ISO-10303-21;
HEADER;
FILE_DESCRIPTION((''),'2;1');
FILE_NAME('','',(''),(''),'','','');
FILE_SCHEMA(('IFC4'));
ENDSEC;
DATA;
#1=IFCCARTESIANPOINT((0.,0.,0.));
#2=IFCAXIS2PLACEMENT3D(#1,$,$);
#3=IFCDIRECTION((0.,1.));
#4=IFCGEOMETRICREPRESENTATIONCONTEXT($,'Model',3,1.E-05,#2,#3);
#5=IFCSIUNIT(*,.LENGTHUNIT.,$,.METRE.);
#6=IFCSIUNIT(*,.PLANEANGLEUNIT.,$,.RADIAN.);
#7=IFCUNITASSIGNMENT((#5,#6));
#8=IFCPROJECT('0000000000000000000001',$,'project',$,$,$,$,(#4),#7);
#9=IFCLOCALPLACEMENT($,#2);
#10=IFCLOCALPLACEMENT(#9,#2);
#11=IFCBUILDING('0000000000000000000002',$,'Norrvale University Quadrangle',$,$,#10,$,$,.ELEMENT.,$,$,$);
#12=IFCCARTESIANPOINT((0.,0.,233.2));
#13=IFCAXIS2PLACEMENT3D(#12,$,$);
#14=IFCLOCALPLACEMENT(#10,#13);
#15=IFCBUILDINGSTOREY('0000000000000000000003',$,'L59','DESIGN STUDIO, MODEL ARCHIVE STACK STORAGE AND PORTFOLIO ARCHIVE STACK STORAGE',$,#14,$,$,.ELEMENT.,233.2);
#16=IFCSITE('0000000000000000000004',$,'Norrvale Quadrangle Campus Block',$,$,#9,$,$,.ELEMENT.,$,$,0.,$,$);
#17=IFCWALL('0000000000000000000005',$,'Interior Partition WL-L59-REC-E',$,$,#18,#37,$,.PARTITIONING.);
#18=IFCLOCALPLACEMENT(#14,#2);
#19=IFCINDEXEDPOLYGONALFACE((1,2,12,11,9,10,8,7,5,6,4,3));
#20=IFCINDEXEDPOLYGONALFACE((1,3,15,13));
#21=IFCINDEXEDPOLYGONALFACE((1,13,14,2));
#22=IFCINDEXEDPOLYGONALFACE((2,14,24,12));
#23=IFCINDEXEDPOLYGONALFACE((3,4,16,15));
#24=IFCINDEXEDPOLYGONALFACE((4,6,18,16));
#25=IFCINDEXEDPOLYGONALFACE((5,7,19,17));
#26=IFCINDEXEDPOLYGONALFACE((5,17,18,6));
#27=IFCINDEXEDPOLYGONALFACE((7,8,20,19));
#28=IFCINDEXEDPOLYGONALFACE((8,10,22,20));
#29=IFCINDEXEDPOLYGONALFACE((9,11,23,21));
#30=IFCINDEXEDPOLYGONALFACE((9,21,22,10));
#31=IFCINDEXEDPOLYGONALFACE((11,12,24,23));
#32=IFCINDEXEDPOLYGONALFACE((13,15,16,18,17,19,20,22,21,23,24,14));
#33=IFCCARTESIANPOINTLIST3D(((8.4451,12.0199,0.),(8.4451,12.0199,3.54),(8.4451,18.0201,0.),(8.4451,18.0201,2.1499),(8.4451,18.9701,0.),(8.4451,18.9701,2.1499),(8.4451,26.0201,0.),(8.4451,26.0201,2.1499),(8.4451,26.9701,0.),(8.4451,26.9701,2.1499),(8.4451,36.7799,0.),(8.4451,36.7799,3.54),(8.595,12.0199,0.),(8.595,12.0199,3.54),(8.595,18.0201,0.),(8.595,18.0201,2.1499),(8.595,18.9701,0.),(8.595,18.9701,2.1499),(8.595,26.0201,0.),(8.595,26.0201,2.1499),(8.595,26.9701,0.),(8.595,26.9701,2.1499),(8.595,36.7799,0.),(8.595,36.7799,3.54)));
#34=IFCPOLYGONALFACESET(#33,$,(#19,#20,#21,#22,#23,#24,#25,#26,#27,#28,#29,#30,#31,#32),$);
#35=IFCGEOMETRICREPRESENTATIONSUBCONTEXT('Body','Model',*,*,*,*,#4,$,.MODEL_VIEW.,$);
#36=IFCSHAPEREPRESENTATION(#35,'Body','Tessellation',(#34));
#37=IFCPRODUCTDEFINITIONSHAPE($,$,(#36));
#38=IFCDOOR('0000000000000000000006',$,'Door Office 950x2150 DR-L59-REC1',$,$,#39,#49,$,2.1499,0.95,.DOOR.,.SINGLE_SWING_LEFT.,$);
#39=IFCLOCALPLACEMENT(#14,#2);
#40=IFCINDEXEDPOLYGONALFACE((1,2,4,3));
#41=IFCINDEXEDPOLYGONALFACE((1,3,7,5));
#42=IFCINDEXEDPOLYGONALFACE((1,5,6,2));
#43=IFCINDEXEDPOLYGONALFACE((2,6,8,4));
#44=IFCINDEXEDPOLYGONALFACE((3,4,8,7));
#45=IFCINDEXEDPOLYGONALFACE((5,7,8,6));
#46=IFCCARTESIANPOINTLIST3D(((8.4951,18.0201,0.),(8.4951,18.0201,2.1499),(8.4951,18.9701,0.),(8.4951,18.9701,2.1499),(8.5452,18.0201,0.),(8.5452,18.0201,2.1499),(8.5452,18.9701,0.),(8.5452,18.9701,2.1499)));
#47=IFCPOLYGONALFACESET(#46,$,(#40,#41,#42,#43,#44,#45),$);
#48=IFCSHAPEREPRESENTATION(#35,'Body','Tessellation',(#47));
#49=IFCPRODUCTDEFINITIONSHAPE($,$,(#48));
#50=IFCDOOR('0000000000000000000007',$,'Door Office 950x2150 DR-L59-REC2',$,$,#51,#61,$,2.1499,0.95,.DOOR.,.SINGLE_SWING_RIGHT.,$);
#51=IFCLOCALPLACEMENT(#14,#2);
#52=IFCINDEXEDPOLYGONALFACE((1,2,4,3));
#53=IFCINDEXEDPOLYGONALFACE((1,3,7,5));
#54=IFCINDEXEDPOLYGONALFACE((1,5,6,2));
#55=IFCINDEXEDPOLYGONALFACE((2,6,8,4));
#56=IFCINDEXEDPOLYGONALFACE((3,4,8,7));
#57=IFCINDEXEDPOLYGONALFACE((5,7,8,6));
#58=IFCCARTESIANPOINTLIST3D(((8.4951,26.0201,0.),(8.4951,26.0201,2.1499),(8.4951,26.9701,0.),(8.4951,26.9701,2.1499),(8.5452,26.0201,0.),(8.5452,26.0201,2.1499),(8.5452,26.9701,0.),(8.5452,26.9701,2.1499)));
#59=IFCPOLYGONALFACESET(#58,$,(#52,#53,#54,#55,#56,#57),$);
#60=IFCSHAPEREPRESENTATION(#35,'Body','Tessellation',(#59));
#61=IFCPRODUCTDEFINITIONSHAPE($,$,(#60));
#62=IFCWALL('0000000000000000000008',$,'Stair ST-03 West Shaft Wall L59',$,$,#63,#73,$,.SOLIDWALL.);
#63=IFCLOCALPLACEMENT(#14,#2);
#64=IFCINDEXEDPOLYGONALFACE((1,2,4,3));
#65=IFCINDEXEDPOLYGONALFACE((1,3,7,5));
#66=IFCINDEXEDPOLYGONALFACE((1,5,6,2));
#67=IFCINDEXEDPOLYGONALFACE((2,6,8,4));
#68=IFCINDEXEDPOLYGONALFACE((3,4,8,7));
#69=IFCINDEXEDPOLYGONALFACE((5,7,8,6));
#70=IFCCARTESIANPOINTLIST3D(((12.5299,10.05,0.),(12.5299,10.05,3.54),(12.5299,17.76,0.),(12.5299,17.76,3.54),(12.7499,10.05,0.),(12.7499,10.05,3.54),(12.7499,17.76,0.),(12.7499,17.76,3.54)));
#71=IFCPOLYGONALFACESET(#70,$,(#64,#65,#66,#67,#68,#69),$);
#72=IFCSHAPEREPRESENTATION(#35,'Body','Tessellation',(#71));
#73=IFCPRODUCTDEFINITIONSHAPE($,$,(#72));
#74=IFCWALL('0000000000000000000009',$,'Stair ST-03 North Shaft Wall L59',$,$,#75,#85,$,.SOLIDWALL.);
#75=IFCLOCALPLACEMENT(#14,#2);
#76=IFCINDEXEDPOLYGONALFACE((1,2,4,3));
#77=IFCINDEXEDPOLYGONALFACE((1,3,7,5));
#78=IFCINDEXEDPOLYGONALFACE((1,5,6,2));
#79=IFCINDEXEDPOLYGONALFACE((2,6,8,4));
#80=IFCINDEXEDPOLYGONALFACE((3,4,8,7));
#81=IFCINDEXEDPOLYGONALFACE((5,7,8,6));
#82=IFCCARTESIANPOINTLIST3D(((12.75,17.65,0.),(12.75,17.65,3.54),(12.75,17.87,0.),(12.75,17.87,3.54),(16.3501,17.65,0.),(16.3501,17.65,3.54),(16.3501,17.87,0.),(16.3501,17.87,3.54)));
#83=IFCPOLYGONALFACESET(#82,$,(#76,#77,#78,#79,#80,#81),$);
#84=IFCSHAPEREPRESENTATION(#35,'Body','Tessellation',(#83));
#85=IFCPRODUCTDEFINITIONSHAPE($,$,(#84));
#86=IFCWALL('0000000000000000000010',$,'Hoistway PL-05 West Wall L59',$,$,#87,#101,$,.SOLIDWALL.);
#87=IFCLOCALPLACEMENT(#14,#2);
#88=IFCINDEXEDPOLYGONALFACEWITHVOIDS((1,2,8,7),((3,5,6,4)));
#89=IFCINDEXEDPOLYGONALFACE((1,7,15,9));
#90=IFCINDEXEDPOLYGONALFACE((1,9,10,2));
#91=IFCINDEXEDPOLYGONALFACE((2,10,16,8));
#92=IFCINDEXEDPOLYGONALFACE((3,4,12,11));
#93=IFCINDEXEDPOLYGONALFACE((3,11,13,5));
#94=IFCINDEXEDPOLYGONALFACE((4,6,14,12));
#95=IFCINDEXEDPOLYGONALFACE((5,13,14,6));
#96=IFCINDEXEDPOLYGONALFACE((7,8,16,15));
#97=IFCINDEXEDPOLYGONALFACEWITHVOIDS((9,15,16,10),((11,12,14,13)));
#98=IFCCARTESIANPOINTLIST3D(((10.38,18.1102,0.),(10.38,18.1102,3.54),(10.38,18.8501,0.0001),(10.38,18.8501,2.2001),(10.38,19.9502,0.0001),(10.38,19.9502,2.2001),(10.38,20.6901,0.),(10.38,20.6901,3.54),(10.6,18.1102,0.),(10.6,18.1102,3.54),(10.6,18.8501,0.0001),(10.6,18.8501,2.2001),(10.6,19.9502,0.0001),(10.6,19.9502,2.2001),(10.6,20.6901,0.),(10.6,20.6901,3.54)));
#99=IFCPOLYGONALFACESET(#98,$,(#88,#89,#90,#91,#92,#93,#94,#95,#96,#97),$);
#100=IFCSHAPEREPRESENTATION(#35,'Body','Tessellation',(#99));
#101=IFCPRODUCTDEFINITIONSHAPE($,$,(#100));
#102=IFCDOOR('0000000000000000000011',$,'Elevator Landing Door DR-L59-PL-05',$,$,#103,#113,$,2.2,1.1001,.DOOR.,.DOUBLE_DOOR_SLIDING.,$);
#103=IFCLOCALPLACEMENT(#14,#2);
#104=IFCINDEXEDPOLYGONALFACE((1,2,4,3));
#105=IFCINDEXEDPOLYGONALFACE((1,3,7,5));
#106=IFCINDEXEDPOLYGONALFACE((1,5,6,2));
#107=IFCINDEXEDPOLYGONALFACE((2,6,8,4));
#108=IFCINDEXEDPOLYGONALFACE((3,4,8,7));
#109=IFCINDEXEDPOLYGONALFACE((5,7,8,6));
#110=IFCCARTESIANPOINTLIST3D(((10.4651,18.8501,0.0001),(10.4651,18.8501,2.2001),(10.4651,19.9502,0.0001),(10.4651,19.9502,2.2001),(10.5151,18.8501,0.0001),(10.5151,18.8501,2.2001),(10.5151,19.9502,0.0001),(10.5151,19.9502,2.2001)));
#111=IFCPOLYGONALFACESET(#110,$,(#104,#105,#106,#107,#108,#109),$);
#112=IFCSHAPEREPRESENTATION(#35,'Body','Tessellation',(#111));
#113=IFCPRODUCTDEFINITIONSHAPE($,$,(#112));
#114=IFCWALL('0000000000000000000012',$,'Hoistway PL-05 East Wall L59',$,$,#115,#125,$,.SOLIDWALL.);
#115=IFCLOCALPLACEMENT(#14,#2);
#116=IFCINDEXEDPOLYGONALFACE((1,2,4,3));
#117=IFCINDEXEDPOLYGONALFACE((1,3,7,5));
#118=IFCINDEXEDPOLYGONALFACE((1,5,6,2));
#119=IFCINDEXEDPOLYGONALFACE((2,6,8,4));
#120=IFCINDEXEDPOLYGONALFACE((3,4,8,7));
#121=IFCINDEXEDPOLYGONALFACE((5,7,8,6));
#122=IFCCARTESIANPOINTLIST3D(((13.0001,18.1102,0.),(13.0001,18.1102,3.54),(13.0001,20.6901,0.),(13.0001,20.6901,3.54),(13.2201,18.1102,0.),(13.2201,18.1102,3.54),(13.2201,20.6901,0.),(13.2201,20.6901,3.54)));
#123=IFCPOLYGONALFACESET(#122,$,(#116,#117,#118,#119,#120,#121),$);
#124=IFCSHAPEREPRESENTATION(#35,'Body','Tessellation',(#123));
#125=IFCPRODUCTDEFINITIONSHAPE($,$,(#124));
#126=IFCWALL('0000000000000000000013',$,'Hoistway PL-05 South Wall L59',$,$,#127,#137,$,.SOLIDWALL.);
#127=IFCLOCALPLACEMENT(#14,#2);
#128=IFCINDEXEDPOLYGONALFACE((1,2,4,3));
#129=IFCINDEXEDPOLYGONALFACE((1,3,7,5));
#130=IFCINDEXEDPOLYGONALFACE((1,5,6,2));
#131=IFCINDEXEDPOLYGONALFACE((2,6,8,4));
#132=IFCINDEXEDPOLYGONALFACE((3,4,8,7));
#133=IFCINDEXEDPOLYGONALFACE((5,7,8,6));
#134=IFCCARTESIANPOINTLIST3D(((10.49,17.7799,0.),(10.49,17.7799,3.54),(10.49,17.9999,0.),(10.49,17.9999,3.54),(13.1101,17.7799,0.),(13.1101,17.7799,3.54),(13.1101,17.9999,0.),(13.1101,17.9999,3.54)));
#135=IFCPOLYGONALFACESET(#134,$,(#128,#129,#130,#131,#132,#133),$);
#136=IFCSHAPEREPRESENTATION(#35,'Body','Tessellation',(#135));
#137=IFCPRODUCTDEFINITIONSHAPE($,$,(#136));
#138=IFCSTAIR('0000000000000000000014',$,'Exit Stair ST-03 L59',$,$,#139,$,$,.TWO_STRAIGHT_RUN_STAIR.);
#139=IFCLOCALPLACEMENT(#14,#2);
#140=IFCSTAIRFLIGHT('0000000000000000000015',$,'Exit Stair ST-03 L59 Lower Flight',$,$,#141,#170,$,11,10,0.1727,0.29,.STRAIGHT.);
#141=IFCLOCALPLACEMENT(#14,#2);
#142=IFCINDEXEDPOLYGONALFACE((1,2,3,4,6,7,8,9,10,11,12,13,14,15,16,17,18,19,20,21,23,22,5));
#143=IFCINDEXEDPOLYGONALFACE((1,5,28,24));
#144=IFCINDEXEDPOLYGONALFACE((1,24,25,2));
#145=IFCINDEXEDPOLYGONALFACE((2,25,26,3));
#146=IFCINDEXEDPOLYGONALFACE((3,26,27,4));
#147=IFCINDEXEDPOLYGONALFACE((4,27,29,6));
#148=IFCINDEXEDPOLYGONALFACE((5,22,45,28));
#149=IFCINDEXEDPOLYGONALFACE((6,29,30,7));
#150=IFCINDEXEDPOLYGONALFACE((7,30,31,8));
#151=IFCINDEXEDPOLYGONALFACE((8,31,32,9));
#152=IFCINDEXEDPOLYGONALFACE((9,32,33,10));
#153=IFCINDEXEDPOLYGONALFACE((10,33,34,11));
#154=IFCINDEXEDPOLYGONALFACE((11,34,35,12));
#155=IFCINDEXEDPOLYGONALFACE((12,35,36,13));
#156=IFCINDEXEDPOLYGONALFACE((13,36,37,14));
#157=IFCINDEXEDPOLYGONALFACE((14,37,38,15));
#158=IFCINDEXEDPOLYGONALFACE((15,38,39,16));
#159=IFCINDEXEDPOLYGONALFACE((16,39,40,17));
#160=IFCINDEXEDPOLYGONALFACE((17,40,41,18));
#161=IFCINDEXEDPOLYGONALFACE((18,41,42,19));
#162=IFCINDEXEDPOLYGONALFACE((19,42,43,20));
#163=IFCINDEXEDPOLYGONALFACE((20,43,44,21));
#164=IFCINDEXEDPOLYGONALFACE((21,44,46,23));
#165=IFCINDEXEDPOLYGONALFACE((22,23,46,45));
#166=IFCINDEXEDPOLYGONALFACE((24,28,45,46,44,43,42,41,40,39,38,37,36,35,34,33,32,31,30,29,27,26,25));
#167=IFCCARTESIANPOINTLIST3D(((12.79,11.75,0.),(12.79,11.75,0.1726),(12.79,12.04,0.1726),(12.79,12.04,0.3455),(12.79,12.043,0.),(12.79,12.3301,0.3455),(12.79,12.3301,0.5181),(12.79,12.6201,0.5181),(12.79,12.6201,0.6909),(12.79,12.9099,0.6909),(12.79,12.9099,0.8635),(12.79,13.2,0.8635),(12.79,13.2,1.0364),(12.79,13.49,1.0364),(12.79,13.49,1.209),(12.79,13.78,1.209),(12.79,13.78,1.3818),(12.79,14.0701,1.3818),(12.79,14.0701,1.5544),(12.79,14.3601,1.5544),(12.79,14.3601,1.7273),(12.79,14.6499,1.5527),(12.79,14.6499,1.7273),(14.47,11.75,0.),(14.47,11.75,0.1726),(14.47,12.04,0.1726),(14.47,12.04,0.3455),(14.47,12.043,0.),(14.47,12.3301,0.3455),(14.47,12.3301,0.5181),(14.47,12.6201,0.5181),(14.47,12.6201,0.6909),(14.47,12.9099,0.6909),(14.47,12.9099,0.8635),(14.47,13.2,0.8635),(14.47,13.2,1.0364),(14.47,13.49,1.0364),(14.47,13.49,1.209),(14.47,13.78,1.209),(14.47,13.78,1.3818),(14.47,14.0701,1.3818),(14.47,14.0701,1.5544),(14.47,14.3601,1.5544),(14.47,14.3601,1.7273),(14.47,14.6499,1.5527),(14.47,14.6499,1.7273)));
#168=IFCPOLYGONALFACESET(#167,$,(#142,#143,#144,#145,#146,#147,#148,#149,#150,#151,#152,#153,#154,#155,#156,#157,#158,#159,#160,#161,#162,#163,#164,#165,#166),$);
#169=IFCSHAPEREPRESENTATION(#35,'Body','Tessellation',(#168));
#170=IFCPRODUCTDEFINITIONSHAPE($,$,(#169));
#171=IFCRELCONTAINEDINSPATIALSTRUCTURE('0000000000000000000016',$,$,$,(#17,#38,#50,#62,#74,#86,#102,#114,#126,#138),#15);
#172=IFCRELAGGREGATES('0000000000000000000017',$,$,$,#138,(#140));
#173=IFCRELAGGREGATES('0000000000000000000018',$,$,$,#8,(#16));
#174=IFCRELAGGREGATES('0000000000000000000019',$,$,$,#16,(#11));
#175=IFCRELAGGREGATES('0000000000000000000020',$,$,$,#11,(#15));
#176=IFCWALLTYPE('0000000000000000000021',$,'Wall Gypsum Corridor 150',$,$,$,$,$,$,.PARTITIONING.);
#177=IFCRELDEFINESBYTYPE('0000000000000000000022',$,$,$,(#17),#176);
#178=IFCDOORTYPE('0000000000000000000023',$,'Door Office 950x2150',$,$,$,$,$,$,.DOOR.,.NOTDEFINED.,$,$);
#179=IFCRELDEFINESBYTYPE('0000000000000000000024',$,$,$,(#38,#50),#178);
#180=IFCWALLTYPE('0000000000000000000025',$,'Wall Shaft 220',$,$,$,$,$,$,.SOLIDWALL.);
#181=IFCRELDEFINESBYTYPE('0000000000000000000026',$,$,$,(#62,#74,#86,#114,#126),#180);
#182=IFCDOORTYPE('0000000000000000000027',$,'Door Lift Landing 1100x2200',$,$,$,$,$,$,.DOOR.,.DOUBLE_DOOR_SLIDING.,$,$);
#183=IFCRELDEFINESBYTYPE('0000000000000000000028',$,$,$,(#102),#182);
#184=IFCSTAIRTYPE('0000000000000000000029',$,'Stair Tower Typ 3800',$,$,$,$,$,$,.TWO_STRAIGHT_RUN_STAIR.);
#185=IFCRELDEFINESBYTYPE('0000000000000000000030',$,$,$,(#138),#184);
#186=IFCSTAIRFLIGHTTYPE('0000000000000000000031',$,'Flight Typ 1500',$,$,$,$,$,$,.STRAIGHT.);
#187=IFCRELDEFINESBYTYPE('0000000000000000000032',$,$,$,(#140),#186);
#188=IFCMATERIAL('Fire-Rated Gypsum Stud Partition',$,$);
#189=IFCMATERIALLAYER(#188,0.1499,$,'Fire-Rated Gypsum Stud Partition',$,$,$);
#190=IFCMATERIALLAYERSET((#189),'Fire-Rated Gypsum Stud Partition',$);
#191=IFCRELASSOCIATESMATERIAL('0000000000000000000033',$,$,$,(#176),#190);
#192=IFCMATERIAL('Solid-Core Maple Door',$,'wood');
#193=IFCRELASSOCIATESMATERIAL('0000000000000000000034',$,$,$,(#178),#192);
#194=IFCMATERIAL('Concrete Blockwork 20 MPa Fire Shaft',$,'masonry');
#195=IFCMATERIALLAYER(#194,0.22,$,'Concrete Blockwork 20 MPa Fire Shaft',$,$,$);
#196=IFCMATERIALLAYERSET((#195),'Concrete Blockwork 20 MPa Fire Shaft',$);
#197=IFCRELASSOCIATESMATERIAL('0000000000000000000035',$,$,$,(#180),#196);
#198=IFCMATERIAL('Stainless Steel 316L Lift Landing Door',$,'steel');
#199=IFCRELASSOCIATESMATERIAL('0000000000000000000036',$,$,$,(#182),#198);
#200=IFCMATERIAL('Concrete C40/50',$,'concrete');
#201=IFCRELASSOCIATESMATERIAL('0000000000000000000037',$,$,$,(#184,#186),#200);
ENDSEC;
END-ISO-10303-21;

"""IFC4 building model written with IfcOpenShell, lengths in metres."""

from ifc_helpers import new_model, si_unit, direction, frame, frame_2d, origin, place, context, subcontext, project, spatial, polyline, rectangle, outline, extrude, material, layer, layer_set, type_object, element, fill, aggregate, save


model = new_model("IFC4")

# Units and contexts
model_context = context("Model", 3, precision=1e-05, world=origin(), true_north=direction((0.0, 1.0)))
body_context = subcontext(model_context, "Body", "Model", "MODEL_VIEW")
ifc_project = project(units=[si_unit("LENGTHUNIT", "METRE"), si_unit("PLANEANGLEUNIT", "RADIAN")], contexts=[model_context])

# Site, building, storey
site_placement = place(None, origin())
site = spatial("IfcSite", under=ifc_project, at=site_placement, Name="Norrvale Quadrangle Campus Block", CompositionType="ELEMENT", RefElevation=0.0)
building_placement = place(site_placement, origin())
building = spatial("IfcBuilding", under=site, at=building_placement, Name="Norrvale University Quadrangle", CompositionType="ELEMENT")
storey_placement = place(building_placement, frame((0.0, 0.0, 233.2)))
storey = spatial("IfcBuildingStorey", under=building, at=storey_placement, Name="L59", Description="DESIGN STUDIO, MODEL ARCHIVE STACK STORAGE AND PORTFOLIO ARCHIVE STACK STORAGE", CompositionType="ELEMENT", Elevation=233.2)

# Shared definitions
ifc_material_1 = material(Name="Fire-Rated Gypsum Stud Partition")
ifc_layer_1 = layer(ifc_material_1, 0.1499, Name="Fire-Rated Gypsum Stud Partition")
ifc_layer_set_1 = layer_set([ifc_layer_1], Name="Fire-Rated Gypsum Stud Partition")
wall_type_1 = type_object("IfcWallType", Name="Wall Gypsum Corridor 150", PredefinedType="PARTITIONING", material=ifc_layer_set_1)

# Wall, openings, doors
wall_1_placement = place(storey_placement, frame((8.52, 12.02, 0.0), z_axis=(0.0, 0.0, 1.0), x_axis=(0.0, 1.0, 0.0)))
wall_1 = element("IfcWall", 1, at=wall_1_placement, inside=storey, type_object=wall_type_1, Name="Interior Partition WL-L59-REC-E", PredefinedType="PARTITIONING", context=body_context, shape_type="SweptSolid", body=[
    extrude(rectangle(XDim=24.76, YDim=0.1499, at=frame_2d((12.3799, 0.0))), origin(), (0.0, 0.0, 1.0), 3.54),
])
opening_1_placement = place(wall_1_placement, frame((6.0, 0.0, 0.0)))
opening_1 = element("IfcOpeningElement", 2, at=opening_1_placement, cuts=wall_1, PredefinedType="OPENING", context=body_context, shape_type="SweptSolid", body=[
    extrude(rectangle(XDim=0.95, YDim=2.1499, at=frame_2d((0.4751, 1.075))), frame((0.0, 0.0869, 0.0), z_axis=(0.0, -1.0, 0.0), x_axis=(1.0, 0.0, 0.0)), (0.0, 0.0, 1.0), 0.1738),
])
opening_2_placement = place(wall_1_placement, frame((14.0, 0.0, 0.0)))
opening_2 = element("IfcOpeningElement", 3, at=opening_2_placement, cuts=wall_1, PredefinedType="OPENING", context=body_context, shape_type="SweptSolid", body=[
    extrude(rectangle(XDim=0.95, YDim=2.1499, at=frame_2d((0.4751, 1.075))), frame((0.0, 0.0869, 0.0), z_axis=(0.0, -1.0, 0.0), x_axis=(1.0, 0.0, 0.0)), (0.0, 0.0, 1.0), 0.1738),
])
ifc_material_2 = material(Name="Solid-Core Maple Door", Category="wood")
door_type_1 = type_object("IfcDoorType", Name="Door Office 950x2150", OperationType="NOTDEFINED", PredefinedType="DOOR", material=ifc_material_2)
door_1_placement = place(opening_1_placement, origin())
door_1 = element("IfcDoor", 4, at=door_1_placement, inside=storey, type_object=door_type_1, Name="Door Office 950x2150 DR-L59-REC1", OperationType="SINGLE_SWING_LEFT", OverallHeight=2.1499, OverallWidth=0.95, PredefinedType="DOOR", context=body_context, shape_type="SweptSolid", body=[
    extrude(rectangle(XDim=0.95, YDim=2.1499, at=frame_2d((0.4751, 1.075))), frame((0.0, 0.0249, 0.0), z_axis=(0.0, -1.0, 0.0), x_axis=(1.0, 0.0, 0.0)), (0.0, 0.0, 1.0), 0.05),
])
fill(opening_1, door_1)
door_2_placement = place(opening_2_placement, origin())
door_2 = element("IfcDoor", 5, at=door_2_placement, inside=storey, type_object=door_type_1, Name="Door Office 950x2150 DR-L59-REC2", OperationType="SINGLE_SWING_RIGHT", OverallHeight=2.1499, OverallWidth=0.95, PredefinedType="DOOR", context=body_context, shape_type="SweptSolid", body=[
    extrude(rectangle(XDim=0.95, YDim=2.1499, at=frame_2d((0.4751, 1.075))), frame((0.0, 0.0249, 0.0), z_axis=(0.0, -1.0, 0.0), x_axis=(1.0, 0.0, 0.0)), (0.0, 0.0, 1.0), 0.05),
])
fill(opening_2, door_2)

# Walls
ifc_material_3 = material(Name="Concrete Blockwork 20 MPa Fire Shaft", Category="masonry")
ifc_layer_2 = layer(ifc_material_3, 0.22, Name="Concrete Blockwork 20 MPa Fire Shaft")
ifc_layer_set_2 = layer_set([ifc_layer_2], Name="Concrete Blockwork 20 MPa Fire Shaft")
wall_type_2 = type_object("IfcWallType", Name="Wall Shaft 220", PredefinedType="SOLIDWALL", material=ifc_layer_set_2)
wall_2_placement = place(storey_placement, frame((12.6399, 10.05, 0.0), z_axis=(0.0, 0.0, 1.0), x_axis=(0.0, 1.0, 0.0)))
element("IfcWall", 6, at=wall_2_placement, inside=storey, type_object=wall_type_2, Name="Stair ST-03 West Shaft Wall L59", PredefinedType="SOLIDWALL", context=body_context, shape_type="SweptSolid", body=[
    extrude(rectangle(XDim=7.71, YDim=0.22, at=frame_2d((3.855, 0.0))), origin(), (0.0, 0.0, 1.0), 3.54),
])
wall_3_placement = place(storey_placement, frame((12.75, 17.76, 0.0), z_axis=(0.0, 0.0, 1.0), x_axis=(1.0, 0.0, 0.0)))
element("IfcWall", 7, at=wall_3_placement, inside=storey, type_object=wall_type_2, Name="Stair ST-03 North Shaft Wall L59", PredefinedType="SOLIDWALL", context=body_context, shape_type="SweptSolid", body=[
    extrude(rectangle(XDim=3.6001, YDim=0.22, at=frame_2d((1.8, 0.0))), origin(), (0.0, 0.0, 1.0), 3.54),
])

# Wall, opening, door
wall_4_placement = place(storey_placement, frame((10.49, 18.1101, 0.0), z_axis=(0.0, 0.0, 1.0), x_axis=(0.0, 1.0, 0.0)))
wall_4 = element("IfcWall", 8, at=wall_4_placement, inside=storey, type_object=wall_type_2, Name="Hoistway PL-05 West Wall L59", PredefinedType="SOLIDWALL", context=body_context, shape_type="SweptSolid", body=[
    extrude(rectangle(XDim=2.5798, YDim=0.22, at=frame_2d((1.29, 0.0))), origin(), (0.0, 0.0, 1.0), 3.54),
])
opening_3_placement = place(wall_4_placement, frame((0.74, 0.0, 0.0)))
opening_3 = element("IfcOpeningElement", 9, at=opening_3_placement, cuts=wall_4, PredefinedType="OPENING", context=body_context, shape_type="SweptSolid", body=[
    extrude(rectangle(XDim=1.1001, YDim=2.2, at=frame_2d((0.55, 1.1001))), frame((0.0, 0.1221, 0.0), z_axis=(0.0, -1.0, 0.0), x_axis=(1.0, 0.0, 0.0)), (0.0, 0.0, 1.0), 0.2439),
])
ifc_material_4 = material(Name="Stainless Steel 316L Lift Landing Door", Category="steel")
door_type_2 = type_object("IfcDoorType", Name="Door Lift Landing 1100x2200", OperationType="DOUBLE_DOOR_SLIDING", PredefinedType="DOOR", material=ifc_material_4)
door_3_placement = place(opening_3_placement, origin())
door_3 = element("IfcDoor", 10, at=door_3_placement, inside=storey, type_object=door_type_2, Name="Elevator Landing Door DR-L59-PL-05", OperationType="DOUBLE_DOOR_SLIDING", OverallHeight=2.2, OverallWidth=1.1001, PredefinedType="DOOR", context=body_context, shape_type="SweptSolid", body=[
    extrude(rectangle(XDim=1.1001, YDim=2.2, at=frame_2d((0.55, 1.1001))), frame((0.0, 0.0249, 0.0), z_axis=(0.0, -1.0, 0.0), x_axis=(1.0, 0.0, 0.0)), (0.0, 0.0, 1.0), 0.05),
])
fill(opening_3, door_3)

# Walls
wall_5_placement = place(storey_placement, frame((13.1101, 18.1101, 0.0), z_axis=(0.0, 0.0, 1.0), x_axis=(0.0, 1.0, 0.0)))
element("IfcWall", 11, at=wall_5_placement, inside=storey, type_object=wall_type_2, Name="Hoistway PL-05 East Wall L59", PredefinedType="SOLIDWALL", context=body_context, shape_type="SweptSolid", body=[
    extrude(rectangle(XDim=2.5798, YDim=0.22, at=frame_2d((1.29, 0.0))), origin(), (0.0, 0.0, 1.0), 3.54),
])
wall_6_placement = place(storey_placement, frame((10.49, 17.8899, 0.0), z_axis=(0.0, 0.0, 1.0), x_axis=(1.0, 0.0, 0.0)))
element("IfcWall", 12, at=wall_6_placement, inside=storey, type_object=wall_type_2, Name="Hoistway PL-05 South Wall L59", PredefinedType="SOLIDWALL", context=body_context, shape_type="SweptSolid", body=[
    extrude(rectangle(XDim=2.6201, YDim=0.22, at=frame_2d((1.3101, 0.0))), origin(), (0.0, 0.0, 1.0), 3.54),
])

# Stair, stair flight
ifc_material_5 = material(Name="Concrete C40/50", Category="concrete")
stair_type = type_object("IfcStairType", Name="Stair Tower Typ 3800", PredefinedType="TWO_STRAIGHT_RUN_STAIR", material=ifc_material_5)
stair_placement = place(storey_placement, origin())
stair = element("IfcStair", 13, at=stair_placement, inside=storey, type_object=stair_type, Name="Exit Stair ST-03 L59", PredefinedType="TWO_STRAIGHT_RUN_STAIR")
stair_flight_type = type_object("IfcStairFlightType", Name="Flight Typ 1500", PredefinedType="STRAIGHT", material=ifc_material_5)
stair_flight_1_placement = place(storey_placement, frame((13.6299, 11.75, 0.0), z_axis=(0.0, 0.0, 1.0), x_axis=(0.0, 1.0, 0.0)))
stair_flight_1 = element("IfcStairFlight", 14, at=stair_flight_1_placement, type_object=stair_flight_type, Name="Exit Stair ST-03 L59 Lower Flight", NumberOfRisers=11, NumberOfTreads=10, PredefinedType="STRAIGHT", RiserHeight=0.1727, TreadLength=0.29, context=body_context, shape_type="SweptSolid", body=[
    extrude(outline(polyline([(0.0, 0.0), (0.0, 0.1726), (0.29, 0.1726), (0.29, 0.3455), (0.5801, 0.3455), (0.5801, 0.5181), (0.8701, 0.5181), (0.8701, 0.6909), (1.1599, 0.6909), (1.1599, 0.8635), (1.45, 0.8635), (1.45, 1.0364), (1.74, 1.0364), (1.74, 1.209), (2.03, 1.209), (2.03, 1.3818), (2.3201, 1.3818), (2.3201, 1.5544), (2.6101, 1.5544), (2.6101, 1.7273), (2.8999, 1.7273), (2.8999, 1.8999), (2.8999, 1.5527), (0.293, 0.0), (0.0, 0.0)])), frame((0.0, 0.8398, 0.0), z_axis=(0.0, -1.0, 0.0), x_axis=(1.0, 0.0, 0.0)), (0.0, 0.0, 1.0), 1.6799),
])
aggregate(stair, [stair_flight_1])

save(model, "model.ifc")
